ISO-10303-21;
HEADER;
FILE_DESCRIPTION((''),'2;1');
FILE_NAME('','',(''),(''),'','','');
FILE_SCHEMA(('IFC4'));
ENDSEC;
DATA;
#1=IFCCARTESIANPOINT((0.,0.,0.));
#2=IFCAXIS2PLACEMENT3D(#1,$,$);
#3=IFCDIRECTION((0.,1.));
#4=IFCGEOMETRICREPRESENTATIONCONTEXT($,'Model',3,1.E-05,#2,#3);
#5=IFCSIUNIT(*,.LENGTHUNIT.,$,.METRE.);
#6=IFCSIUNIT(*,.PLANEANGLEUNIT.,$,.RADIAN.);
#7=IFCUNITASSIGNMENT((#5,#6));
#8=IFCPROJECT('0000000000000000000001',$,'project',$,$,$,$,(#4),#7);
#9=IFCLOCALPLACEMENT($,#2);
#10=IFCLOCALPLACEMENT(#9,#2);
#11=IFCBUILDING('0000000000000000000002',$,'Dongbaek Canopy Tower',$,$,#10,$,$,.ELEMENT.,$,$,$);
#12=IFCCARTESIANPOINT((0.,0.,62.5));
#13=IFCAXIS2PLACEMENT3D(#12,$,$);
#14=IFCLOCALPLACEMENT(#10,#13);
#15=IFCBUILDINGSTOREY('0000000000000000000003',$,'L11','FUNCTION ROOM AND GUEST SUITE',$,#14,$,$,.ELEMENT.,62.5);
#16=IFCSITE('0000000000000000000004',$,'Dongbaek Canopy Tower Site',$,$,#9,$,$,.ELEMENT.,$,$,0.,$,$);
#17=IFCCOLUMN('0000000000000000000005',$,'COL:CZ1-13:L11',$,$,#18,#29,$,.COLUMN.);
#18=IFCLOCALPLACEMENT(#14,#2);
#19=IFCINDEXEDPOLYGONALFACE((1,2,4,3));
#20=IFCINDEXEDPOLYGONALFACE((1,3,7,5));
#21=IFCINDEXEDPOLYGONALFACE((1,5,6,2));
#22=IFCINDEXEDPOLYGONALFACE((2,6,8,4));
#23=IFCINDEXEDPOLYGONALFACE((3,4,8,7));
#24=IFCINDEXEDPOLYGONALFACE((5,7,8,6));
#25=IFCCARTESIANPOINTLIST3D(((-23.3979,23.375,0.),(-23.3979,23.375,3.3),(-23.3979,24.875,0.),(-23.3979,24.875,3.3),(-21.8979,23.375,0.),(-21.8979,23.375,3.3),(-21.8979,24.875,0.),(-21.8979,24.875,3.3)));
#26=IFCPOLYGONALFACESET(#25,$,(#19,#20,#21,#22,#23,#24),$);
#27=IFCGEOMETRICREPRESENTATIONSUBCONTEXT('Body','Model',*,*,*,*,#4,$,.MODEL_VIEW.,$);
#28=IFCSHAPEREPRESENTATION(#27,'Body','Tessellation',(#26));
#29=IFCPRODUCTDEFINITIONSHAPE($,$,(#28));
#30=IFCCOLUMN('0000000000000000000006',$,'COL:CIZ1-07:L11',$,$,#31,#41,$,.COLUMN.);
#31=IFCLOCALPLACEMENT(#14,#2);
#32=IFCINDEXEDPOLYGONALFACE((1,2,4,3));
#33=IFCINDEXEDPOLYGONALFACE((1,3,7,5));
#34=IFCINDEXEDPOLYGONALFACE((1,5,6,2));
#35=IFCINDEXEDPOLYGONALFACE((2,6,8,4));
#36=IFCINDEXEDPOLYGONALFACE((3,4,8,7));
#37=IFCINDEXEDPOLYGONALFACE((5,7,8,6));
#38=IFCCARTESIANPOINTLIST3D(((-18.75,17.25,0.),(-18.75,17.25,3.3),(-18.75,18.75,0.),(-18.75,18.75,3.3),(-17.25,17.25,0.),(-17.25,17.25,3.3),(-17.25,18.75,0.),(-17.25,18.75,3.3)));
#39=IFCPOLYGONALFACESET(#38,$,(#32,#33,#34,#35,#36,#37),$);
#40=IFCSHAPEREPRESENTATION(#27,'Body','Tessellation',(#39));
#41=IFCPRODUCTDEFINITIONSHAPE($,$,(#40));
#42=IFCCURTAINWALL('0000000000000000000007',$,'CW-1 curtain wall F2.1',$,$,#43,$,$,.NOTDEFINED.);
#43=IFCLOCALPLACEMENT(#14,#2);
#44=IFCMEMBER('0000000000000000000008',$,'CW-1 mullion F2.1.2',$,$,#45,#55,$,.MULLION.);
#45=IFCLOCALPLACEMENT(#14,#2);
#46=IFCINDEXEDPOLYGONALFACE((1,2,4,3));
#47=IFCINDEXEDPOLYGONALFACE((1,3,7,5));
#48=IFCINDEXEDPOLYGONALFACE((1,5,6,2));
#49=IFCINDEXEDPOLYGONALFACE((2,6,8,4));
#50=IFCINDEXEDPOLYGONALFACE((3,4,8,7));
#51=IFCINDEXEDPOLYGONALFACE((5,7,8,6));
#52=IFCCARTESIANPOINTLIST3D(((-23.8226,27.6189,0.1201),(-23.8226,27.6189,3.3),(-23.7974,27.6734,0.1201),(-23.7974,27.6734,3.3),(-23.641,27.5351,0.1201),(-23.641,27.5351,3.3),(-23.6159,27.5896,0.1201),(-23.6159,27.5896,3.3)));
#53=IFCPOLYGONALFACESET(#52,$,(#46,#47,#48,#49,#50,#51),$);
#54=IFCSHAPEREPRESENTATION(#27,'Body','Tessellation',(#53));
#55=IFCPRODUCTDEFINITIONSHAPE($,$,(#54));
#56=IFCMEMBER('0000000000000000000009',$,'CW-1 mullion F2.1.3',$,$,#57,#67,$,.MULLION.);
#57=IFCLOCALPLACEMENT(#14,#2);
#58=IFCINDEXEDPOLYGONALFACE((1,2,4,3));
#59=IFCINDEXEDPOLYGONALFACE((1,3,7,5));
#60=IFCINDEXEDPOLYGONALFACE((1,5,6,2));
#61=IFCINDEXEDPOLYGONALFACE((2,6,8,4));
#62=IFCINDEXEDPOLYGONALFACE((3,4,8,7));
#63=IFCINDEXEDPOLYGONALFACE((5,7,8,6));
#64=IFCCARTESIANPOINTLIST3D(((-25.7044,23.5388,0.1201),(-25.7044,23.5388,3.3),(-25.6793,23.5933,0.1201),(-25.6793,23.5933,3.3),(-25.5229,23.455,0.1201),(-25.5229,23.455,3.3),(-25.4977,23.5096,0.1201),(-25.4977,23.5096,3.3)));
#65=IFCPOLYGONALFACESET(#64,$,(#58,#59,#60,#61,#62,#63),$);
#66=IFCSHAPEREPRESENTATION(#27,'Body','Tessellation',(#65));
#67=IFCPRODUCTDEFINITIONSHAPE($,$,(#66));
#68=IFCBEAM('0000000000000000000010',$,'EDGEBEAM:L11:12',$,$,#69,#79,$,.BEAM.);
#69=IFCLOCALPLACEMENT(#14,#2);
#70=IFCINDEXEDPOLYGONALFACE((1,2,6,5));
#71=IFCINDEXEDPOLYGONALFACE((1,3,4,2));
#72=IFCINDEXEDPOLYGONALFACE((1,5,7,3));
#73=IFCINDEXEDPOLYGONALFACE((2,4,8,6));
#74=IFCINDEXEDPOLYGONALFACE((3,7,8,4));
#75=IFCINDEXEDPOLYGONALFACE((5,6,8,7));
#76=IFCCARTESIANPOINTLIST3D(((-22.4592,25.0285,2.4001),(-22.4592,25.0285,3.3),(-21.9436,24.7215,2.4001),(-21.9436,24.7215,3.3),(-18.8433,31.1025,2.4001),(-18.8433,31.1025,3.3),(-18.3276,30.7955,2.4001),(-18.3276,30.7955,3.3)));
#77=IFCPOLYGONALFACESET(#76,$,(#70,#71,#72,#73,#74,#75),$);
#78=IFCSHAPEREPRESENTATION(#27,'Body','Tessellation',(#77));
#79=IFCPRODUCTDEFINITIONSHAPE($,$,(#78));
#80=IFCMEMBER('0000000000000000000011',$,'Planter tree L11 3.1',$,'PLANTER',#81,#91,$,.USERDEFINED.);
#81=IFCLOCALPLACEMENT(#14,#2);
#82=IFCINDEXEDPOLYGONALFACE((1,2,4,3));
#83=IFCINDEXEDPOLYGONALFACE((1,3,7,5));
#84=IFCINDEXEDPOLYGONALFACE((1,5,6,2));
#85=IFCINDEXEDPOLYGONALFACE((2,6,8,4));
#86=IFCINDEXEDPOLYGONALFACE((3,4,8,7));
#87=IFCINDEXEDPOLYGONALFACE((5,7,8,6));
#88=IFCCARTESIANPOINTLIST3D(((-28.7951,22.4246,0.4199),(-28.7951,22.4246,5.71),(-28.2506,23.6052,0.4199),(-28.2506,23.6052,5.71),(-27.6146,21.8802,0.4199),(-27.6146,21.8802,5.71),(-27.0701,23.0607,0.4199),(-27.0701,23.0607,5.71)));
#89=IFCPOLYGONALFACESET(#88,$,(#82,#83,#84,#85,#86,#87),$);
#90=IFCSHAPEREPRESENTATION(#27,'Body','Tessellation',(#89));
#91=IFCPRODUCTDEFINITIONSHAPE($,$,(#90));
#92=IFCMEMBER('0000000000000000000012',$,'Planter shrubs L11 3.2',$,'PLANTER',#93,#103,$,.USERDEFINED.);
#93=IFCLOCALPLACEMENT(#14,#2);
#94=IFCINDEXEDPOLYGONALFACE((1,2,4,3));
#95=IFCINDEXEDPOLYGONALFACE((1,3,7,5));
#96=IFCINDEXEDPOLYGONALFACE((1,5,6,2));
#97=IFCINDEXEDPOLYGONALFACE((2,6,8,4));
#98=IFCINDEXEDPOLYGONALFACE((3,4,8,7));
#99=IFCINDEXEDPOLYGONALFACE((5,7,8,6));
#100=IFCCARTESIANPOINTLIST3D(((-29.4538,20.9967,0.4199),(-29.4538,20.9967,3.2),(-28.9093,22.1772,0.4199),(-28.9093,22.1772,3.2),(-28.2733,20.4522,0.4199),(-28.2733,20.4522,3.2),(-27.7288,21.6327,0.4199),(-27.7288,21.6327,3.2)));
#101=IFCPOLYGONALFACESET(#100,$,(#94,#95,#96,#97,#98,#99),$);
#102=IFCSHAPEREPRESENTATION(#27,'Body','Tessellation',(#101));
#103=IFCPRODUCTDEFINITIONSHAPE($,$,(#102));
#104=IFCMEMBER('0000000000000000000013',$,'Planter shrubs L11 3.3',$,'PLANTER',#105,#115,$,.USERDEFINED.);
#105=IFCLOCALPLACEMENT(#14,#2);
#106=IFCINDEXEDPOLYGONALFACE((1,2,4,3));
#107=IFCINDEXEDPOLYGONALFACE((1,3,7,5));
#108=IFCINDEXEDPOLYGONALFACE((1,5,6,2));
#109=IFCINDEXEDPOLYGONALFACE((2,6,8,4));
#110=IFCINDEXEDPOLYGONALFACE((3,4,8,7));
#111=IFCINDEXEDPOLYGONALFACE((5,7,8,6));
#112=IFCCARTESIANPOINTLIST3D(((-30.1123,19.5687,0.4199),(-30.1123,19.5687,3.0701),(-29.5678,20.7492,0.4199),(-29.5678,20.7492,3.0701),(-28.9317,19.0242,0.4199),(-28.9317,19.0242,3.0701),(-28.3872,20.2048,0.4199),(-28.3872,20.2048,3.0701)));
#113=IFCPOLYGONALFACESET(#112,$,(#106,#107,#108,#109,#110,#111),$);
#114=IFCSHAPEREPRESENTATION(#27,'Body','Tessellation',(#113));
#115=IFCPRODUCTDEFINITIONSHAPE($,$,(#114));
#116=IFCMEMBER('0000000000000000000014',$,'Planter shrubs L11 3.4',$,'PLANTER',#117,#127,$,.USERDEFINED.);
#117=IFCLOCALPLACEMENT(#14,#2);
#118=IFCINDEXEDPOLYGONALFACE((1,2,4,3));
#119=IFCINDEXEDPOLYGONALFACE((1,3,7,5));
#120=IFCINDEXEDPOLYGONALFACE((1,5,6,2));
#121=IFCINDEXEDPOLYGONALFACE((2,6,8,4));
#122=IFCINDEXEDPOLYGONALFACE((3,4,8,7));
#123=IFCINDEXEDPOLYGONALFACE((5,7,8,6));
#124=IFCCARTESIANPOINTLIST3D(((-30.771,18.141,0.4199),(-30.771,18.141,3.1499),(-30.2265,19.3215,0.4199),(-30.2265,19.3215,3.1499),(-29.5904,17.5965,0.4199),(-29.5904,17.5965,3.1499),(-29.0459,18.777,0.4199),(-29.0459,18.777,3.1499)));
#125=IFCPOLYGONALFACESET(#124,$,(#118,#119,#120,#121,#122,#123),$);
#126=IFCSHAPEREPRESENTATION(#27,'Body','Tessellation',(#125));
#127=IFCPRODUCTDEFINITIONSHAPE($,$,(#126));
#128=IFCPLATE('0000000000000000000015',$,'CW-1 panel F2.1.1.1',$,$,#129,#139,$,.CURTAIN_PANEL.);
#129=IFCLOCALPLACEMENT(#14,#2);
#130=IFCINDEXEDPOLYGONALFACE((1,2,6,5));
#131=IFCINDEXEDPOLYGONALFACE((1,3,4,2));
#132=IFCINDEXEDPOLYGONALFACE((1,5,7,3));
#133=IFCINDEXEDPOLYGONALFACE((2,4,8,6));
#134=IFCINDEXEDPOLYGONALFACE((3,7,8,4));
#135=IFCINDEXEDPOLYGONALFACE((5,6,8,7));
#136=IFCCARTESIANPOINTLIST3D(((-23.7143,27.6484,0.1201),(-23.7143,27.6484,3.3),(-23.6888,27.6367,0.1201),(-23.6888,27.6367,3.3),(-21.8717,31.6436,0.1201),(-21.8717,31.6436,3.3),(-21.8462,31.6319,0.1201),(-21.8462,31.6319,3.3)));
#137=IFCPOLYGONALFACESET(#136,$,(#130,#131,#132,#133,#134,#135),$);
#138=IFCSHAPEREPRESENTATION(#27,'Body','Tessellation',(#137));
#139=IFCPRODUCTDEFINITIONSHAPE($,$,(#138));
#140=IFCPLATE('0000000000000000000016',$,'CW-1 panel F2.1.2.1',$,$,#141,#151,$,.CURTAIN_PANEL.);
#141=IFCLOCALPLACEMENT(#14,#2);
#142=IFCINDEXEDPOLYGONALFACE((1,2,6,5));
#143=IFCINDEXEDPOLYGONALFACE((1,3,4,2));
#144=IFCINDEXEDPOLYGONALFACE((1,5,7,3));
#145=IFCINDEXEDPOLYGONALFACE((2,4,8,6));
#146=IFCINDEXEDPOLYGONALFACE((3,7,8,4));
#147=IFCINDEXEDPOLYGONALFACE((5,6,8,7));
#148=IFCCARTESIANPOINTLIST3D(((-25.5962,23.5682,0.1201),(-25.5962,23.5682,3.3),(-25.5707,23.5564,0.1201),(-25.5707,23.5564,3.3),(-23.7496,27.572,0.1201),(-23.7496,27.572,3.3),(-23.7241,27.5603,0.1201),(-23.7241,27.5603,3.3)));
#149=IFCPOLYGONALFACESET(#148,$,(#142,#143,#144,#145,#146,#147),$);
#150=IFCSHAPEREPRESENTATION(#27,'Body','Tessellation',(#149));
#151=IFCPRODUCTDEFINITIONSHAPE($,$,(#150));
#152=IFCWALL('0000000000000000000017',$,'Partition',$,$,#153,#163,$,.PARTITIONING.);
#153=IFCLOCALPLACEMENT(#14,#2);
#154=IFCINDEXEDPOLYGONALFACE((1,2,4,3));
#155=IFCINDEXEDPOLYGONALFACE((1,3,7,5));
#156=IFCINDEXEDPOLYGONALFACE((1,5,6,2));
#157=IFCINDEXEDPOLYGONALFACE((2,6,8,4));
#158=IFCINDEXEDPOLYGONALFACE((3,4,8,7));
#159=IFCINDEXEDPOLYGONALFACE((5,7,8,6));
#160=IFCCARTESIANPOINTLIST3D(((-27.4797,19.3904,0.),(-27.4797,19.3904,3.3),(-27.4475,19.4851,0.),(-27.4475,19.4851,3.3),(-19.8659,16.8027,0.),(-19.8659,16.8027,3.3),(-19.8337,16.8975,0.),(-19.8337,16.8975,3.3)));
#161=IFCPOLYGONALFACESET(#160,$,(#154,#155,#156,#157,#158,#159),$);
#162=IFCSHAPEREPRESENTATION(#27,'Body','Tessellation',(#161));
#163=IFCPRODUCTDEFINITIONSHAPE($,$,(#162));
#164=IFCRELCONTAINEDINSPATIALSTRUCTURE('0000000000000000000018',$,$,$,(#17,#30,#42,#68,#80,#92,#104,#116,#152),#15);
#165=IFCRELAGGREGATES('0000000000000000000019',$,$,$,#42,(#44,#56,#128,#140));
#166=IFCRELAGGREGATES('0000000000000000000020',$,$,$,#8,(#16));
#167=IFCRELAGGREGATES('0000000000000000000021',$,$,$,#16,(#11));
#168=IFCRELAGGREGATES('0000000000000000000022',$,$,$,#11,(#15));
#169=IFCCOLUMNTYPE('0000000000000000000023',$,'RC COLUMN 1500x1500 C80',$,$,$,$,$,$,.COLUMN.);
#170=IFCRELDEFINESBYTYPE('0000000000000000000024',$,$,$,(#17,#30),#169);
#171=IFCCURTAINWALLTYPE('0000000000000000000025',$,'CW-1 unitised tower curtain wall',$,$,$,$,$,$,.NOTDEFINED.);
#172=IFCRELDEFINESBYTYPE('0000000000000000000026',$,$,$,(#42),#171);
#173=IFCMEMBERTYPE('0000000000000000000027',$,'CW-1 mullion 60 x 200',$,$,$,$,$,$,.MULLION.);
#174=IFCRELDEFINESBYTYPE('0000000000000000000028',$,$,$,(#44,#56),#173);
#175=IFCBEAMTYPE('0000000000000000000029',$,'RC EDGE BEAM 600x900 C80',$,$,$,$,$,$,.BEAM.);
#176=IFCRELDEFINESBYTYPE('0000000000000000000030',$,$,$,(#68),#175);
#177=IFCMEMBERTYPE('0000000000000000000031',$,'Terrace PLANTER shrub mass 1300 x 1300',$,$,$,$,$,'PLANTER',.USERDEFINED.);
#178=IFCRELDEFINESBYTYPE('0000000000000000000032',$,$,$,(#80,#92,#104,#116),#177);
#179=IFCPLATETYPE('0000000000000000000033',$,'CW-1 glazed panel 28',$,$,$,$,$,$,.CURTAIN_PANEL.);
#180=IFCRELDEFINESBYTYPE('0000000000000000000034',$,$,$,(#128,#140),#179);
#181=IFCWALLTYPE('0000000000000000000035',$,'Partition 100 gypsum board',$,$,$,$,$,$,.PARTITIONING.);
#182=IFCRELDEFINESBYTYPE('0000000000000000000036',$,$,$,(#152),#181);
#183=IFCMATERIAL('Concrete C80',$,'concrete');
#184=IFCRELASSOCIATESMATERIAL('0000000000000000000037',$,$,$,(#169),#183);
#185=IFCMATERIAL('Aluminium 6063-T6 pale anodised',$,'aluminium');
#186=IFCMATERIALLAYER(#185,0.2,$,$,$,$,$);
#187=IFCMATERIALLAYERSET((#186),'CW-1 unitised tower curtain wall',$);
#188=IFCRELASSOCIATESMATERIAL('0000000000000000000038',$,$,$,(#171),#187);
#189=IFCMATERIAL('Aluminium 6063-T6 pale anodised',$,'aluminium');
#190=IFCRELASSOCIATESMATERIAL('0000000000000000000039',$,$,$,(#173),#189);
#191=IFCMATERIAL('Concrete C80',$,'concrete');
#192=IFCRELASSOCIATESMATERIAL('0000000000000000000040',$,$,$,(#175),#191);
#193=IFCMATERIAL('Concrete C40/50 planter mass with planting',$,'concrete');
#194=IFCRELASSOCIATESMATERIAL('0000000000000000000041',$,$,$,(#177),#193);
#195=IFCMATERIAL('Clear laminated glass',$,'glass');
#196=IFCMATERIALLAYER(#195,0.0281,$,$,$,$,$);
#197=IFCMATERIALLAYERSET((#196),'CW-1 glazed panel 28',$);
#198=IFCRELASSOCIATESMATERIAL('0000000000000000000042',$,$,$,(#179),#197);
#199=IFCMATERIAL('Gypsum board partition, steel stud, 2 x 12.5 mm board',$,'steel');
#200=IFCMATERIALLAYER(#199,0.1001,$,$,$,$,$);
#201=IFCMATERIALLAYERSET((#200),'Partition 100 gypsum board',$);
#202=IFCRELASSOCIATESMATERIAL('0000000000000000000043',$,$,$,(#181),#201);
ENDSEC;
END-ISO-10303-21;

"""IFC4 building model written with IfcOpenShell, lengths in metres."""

from ifc_helpers import new_model, si_unit, direction, frame, frame_2d, origin, origin_2d, place, context, subcontext, project, spatial, rectangle, extrude, material, layer, layer_set, material_profile, profile_set, type_object, element, aggregate, save


model = new_model("IFC4")

# Units and contexts
model_context = context("Model", 3, precision=1e-05, world=origin(), true_north=direction((0.0, 1.0)))
body_context = subcontext(model_context, "Body", "Model", "MODEL_VIEW")
ifc_project = project(units=[si_unit("LENGTHUNIT", "METRE"), si_unit("PLANEANGLEUNIT", "RADIAN")], contexts=[model_context])

# Site, building, storey
site_placement = place(None, origin())
site = spatial("IfcSite", under=ifc_project, at=site_placement, Name="Dongbaek Canopy Tower Site", CompositionType="ELEMENT", RefElevation=0.0)
building_placement = place(site_placement, origin())
building = spatial("IfcBuilding", under=site, at=building_placement, Name="Dongbaek Canopy Tower", CompositionType="ELEMENT")
storey_placement = place(building_placement, frame((0.0, 0.0, 62.5)))
storey = spatial("IfcBuildingStorey", under=building, at=storey_placement, Name="L11", Description="FUNCTION ROOM AND GUEST SUITE", CompositionType="ELEMENT", Elevation=62.5)

# Columns
ifc_material_1 = material(Name="Concrete C80", Category="concrete")
ifc_material_profile_1 = material_profile(ifc_material_1, rectangle(XDim=1.5, YDim=1.5, at=origin_2d()), Name="RC COLUMN 1500x1500 C80")
ifc_profile_set_1 = profile_set([ifc_material_profile_1], Name="Concrete C80")
column_type = type_object("IfcColumnType", Name="RC COLUMN 1500x1500 C80", PredefinedType="COLUMN", material=ifc_profile_set_1)
for number, where, z_axis, x_axis, name in (
    (1, (-22.6479, 24.125, 0.0), (0.0, 0.0, 1.0), (1.0, 0.0, 0.0), "COL:CZ1-13:L11"),
    (2, (-18.0, 18.0, 0.0), (0.0, 0.0, 1.0), (1.0, 0.0, 0.0), "COL:CIZ1-07:L11"),
):
    element("IfcColumn", number, at=place(storey_placement, frame(where, z_axis=z_axis, x_axis=x_axis)), inside=storey, type_object=column_type, Name=name, PredefinedType="COLUMN", context=body_context, shape_type="SweptSolid", body=[
        extrude(rectangle(XDim=1.5, YDim=1.5, at=origin_2d()), origin(), (0.0, 0.0, 1.0), 3.3),
    ])

# Curtain wall, members
ifc_material_2 = material(Name="Aluminium 6063-T6 pale anodised", Category="aluminium")
ifc_layer_1 = layer(ifc_material_2, 0.2)
ifc_layer_set_1 = layer_set([ifc_layer_1], Name="CW-1 unitised tower curtain wall")
curtain_wall_type = type_object("IfcCurtainWallType", Name="CW-1 unitised tower curtain wall", PredefinedType="NOTDEFINED", material=ifc_layer_set_1)
curtain_wall_placement = place(storey_placement, origin())
curtain_wall = element("IfcCurtainWall", 3, at=curtain_wall_placement, inside=storey, type_object=curtain_wall_type, Name="CW-1 curtain wall F2.1", PredefinedType="NOTDEFINED")
ifc_material_3 = material(Name="Aluminium 6063-T6 pale anodised", Category="aluminium")
ifc_material_profile_2 = material_profile(ifc_material_3, rectangle(XDim=0.2, YDim=0.0601, at=origin_2d()), Name="CW-1 mullion 60 x 200")
ifc_profile_set_2 = profile_set([ifc_material_profile_2], Name="Aluminium 6063-T6 pale anodised")
member_type_1 = type_object("IfcMemberType", Name="CW-1 mullion 60 x 200", PredefinedType="MULLION", material=ifc_profile_set_2)
member_1_placement = place(storey_placement, frame((-23.7192, 27.6042, 0.1201), z_axis=(0.0, 0.0, 1.0), x_axis=(-0.908073, 0.418811, 0.0)))
member_1 = element("IfcMember", 4, at=member_1_placement, type_object=member_type_1, Name="CW-1 mullion F2.1.2", PredefinedType="MULLION", context=body_context, shape_type="SweptSolid", body=[
    extrude(rectangle(XDim=0.2, YDim=0.0601, at=origin_2d()), origin(), (0.0, 0.0, 1.0), 3.1799),
])
member_2_placement = place(storey_placement, frame((-25.6011, 23.5242, 0.1201), z_axis=(0.0, 0.0, 1.0), x_axis=(-0.908073, 0.418811, 0.0)))
member_2 = element("IfcMember", 5, at=member_2_placement, type_object=member_type_1, Name="CW-1 mullion F2.1.3", PredefinedType="MULLION", context=body_context, shape_type="SweptSolid", body=[
    extrude(rectangle(XDim=0.2, YDim=0.0601, at=origin_2d()), origin(), (0.0, 0.0, 1.0), 3.1799),
])

# Beam
ifc_material_4 = material(Name="Concrete C80", Category="concrete")
ifc_material_profile_3 = material_profile(ifc_material_4, rectangle(XDim=0.6001, YDim=0.8999, at=origin_2d()), Name="RC EDGE BEAM 600x900 C80")
ifc_profile_set_3 = profile_set([ifc_material_profile_3], Name="Concrete C80")
beam_type = type_object("IfcBeamType", Name="RC EDGE BEAM 600x900 C80", PredefinedType="BEAM", material=ifc_profile_set_3)
beam_placement = place(storey_placement, frame((-22.2014, 24.875, 2.8501), z_axis=(0.511537, 0.859261, 0.0), x_axis=(-0.859261, 0.511537, 0.0)))
element("IfcBeam", 6, at=beam_placement, inside=storey, type_object=beam_type, Name="EDGEBEAM:L11:12", PredefinedType="BEAM", context=body_context, shape_type="SweptSolid", body=[
    extrude(rectangle(XDim=0.6001, YDim=0.8999, at=origin_2d()), origin(), (0.0, 0.0, 1.0), 7.0688),
])

# Members
ifc_material_5 = material(Name="Concrete C40/50 planter mass with planting", Category="concrete")
ifc_material_profile_4 = material_profile(ifc_material_5, rectangle(XDim=1.3, YDim=1.3, at=origin_2d()), Name="Terrace PLANTER shrub mass 1300 x 1300")
ifc_profile_set_4 = profile_set([ifc_material_profile_4], Name="Concrete C40/50 planter mass with planting")
member_type_2 = type_object("IfcMemberType", Name="Terrace PLANTER shrub mass 1300 x 1300", ElementType="PLANTER", PredefinedType="USERDEFINED", material=ifc_profile_set_4)
member_3_placement = place(storey_placement, frame((-27.9326, 22.7427, 0.4199), z_axis=(0.0, 0.0, 1.0), x_axis=(-0.908073, 0.418811, 0.0)))
element("IfcMember", 7, at=member_3_placement, inside=storey, type_object=member_type_2, Name="Planter tree L11 3.1", ObjectType="PLANTER", PredefinedType="USERDEFINED", context=body_context, shape_type="SweptSolid", body=[
    extrude(rectangle(XDim=1.3, YDim=1.3, at=origin_2d()), origin(), (0.0, 0.0, 1.0), 5.29),
])
member_4_placement = place(storey_placement, frame((-28.5913, 21.3147, 0.4199), z_axis=(0.0, 0.0, 1.0), x_axis=(-0.908073, 0.418811, 0.0)))
element("IfcMember", 8, at=member_4_placement, inside=storey, type_object=member_type_2, Name="Planter shrubs L11 3.2", ObjectType="PLANTER", PredefinedType="USERDEFINED", context=body_context, shape_type="SweptSolid", body=[
    extrude(rectangle(XDim=1.3, YDim=1.3, at=origin_2d()), origin(), (0.0, 0.0, 1.0), 2.78),
])
member_5_placement = place(storey_placement, frame((-29.2498, 19.8867, 0.4199), z_axis=(0.0, 0.0, 1.0), x_axis=(-0.908073, 0.418811, 0.0)))
element("IfcMember", 9, at=member_5_placement, inside=storey, type_object=member_type_2, Name="Planter shrubs L11 3.3", ObjectType="PLANTER", PredefinedType="USERDEFINED", context=body_context, shape_type="SweptSolid", body=[
    extrude(rectangle(XDim=1.3, YDim=1.3, at=origin_2d()), origin(), (0.0, 0.0, 1.0), 2.6501),
])
member_6_placement = place(storey_placement, frame((-29.9084, 18.459, 0.4199), z_axis=(0.0, 0.0, 1.0), x_axis=(-0.908073, 0.418811, 0.0)))
element("IfcMember", 10, at=member_6_placement, inside=storey, type_object=member_type_2, Name="Planter shrubs L11 3.4", ObjectType="PLANTER", PredefinedType="USERDEFINED", context=body_context, shape_type="SweptSolid", body=[
    extrude(rectangle(XDim=1.3, YDim=1.3, at=origin_2d()), origin(), (0.0, 0.0, 1.0), 2.73),
])

# Plates
ifc_material_6 = material(Name="Clear laminated glass", Category="glass")
ifc_layer_2 = layer(ifc_material_6, 0.0281)
ifc_layer_set_2 = layer_set([ifc_layer_2], Name="CW-1 glazed panel 28")
plate_type = type_object("IfcPlateType", Name="CW-1 glazed panel 28", PredefinedType="CURTAIN_PANEL", material=ifc_layer_set_2)
plate_1_placement = place(storey_placement, frame((-22.7803, 29.6401, 0.1201), z_axis=(0.0, 0.0, 1.0), x_axis=(-0.418811, -0.908073, 0.0)))
plate_1 = element("IfcPlate", 11, at=plate_1_placement, type_object=plate_type, Name="CW-1 panel F2.1.1.1", PredefinedType="CURTAIN_PANEL", context=body_context, shape_type="SweptSolid", body=[
    extrude(rectangle(XDim=4.3997, YDim=0.0281, at=origin_2d()), origin(), (0.0, 0.0, 1.0), 3.1799),
])
plate_2_placement = place(storey_placement, frame((-24.6602, 25.5642, 0.1201), z_axis=(0.0, 0.0, 1.0), x_axis=(-0.418811, -0.908073, 0.0)))
plate_2 = element("IfcPlate", 12, at=plate_2_placement, type_object=plate_type, Name="CW-1 panel F2.1.2.1", PredefinedType="CURTAIN_PANEL", context=body_context, shape_type="SweptSolid", body=[
    extrude(rectangle(XDim=4.4092, YDim=0.0281, at=origin_2d()), origin(), (0.0, 0.0, 1.0), 3.1799),
])
aggregate(curtain_wall, [member_1, member_2, plate_1, plate_2])

# Wall
ifc_material_7 = material(Name="Gypsum board partition, steel stud, 2 x 12.5 mm board", Category="steel")
ifc_layer_3 = layer(ifc_material_7, 0.1001)
ifc_layer_set_3 = layer_set([ifc_layer_3], Name="Partition 100 gypsum board")
wall_type_1 = type_object("IfcWallType", Name="Partition 100 gypsum board", PredefinedType="PARTITIONING", material=ifc_layer_set_3)
wall_1_placement = place(storey_placement, frame((-27.4636, 19.4377, 0.0), z_axis=(0.0, 0.0, 1.0), x_axis=(0.946812, -0.321787, 0.0)))
element("IfcWall", 13, at=wall_1_placement, inside=storey, type_object=wall_type_1, Name="Partition", PredefinedType="PARTITIONING", context=body_context, shape_type="SweptSolid", body=[
    extrude(rectangle(XDim=8.0415, YDim=0.1001, at=frame_2d((4.0208, 0.0))), origin(), (0.0, 0.0, 1.0), 3.3),
])

save(model, "model.ifc")
